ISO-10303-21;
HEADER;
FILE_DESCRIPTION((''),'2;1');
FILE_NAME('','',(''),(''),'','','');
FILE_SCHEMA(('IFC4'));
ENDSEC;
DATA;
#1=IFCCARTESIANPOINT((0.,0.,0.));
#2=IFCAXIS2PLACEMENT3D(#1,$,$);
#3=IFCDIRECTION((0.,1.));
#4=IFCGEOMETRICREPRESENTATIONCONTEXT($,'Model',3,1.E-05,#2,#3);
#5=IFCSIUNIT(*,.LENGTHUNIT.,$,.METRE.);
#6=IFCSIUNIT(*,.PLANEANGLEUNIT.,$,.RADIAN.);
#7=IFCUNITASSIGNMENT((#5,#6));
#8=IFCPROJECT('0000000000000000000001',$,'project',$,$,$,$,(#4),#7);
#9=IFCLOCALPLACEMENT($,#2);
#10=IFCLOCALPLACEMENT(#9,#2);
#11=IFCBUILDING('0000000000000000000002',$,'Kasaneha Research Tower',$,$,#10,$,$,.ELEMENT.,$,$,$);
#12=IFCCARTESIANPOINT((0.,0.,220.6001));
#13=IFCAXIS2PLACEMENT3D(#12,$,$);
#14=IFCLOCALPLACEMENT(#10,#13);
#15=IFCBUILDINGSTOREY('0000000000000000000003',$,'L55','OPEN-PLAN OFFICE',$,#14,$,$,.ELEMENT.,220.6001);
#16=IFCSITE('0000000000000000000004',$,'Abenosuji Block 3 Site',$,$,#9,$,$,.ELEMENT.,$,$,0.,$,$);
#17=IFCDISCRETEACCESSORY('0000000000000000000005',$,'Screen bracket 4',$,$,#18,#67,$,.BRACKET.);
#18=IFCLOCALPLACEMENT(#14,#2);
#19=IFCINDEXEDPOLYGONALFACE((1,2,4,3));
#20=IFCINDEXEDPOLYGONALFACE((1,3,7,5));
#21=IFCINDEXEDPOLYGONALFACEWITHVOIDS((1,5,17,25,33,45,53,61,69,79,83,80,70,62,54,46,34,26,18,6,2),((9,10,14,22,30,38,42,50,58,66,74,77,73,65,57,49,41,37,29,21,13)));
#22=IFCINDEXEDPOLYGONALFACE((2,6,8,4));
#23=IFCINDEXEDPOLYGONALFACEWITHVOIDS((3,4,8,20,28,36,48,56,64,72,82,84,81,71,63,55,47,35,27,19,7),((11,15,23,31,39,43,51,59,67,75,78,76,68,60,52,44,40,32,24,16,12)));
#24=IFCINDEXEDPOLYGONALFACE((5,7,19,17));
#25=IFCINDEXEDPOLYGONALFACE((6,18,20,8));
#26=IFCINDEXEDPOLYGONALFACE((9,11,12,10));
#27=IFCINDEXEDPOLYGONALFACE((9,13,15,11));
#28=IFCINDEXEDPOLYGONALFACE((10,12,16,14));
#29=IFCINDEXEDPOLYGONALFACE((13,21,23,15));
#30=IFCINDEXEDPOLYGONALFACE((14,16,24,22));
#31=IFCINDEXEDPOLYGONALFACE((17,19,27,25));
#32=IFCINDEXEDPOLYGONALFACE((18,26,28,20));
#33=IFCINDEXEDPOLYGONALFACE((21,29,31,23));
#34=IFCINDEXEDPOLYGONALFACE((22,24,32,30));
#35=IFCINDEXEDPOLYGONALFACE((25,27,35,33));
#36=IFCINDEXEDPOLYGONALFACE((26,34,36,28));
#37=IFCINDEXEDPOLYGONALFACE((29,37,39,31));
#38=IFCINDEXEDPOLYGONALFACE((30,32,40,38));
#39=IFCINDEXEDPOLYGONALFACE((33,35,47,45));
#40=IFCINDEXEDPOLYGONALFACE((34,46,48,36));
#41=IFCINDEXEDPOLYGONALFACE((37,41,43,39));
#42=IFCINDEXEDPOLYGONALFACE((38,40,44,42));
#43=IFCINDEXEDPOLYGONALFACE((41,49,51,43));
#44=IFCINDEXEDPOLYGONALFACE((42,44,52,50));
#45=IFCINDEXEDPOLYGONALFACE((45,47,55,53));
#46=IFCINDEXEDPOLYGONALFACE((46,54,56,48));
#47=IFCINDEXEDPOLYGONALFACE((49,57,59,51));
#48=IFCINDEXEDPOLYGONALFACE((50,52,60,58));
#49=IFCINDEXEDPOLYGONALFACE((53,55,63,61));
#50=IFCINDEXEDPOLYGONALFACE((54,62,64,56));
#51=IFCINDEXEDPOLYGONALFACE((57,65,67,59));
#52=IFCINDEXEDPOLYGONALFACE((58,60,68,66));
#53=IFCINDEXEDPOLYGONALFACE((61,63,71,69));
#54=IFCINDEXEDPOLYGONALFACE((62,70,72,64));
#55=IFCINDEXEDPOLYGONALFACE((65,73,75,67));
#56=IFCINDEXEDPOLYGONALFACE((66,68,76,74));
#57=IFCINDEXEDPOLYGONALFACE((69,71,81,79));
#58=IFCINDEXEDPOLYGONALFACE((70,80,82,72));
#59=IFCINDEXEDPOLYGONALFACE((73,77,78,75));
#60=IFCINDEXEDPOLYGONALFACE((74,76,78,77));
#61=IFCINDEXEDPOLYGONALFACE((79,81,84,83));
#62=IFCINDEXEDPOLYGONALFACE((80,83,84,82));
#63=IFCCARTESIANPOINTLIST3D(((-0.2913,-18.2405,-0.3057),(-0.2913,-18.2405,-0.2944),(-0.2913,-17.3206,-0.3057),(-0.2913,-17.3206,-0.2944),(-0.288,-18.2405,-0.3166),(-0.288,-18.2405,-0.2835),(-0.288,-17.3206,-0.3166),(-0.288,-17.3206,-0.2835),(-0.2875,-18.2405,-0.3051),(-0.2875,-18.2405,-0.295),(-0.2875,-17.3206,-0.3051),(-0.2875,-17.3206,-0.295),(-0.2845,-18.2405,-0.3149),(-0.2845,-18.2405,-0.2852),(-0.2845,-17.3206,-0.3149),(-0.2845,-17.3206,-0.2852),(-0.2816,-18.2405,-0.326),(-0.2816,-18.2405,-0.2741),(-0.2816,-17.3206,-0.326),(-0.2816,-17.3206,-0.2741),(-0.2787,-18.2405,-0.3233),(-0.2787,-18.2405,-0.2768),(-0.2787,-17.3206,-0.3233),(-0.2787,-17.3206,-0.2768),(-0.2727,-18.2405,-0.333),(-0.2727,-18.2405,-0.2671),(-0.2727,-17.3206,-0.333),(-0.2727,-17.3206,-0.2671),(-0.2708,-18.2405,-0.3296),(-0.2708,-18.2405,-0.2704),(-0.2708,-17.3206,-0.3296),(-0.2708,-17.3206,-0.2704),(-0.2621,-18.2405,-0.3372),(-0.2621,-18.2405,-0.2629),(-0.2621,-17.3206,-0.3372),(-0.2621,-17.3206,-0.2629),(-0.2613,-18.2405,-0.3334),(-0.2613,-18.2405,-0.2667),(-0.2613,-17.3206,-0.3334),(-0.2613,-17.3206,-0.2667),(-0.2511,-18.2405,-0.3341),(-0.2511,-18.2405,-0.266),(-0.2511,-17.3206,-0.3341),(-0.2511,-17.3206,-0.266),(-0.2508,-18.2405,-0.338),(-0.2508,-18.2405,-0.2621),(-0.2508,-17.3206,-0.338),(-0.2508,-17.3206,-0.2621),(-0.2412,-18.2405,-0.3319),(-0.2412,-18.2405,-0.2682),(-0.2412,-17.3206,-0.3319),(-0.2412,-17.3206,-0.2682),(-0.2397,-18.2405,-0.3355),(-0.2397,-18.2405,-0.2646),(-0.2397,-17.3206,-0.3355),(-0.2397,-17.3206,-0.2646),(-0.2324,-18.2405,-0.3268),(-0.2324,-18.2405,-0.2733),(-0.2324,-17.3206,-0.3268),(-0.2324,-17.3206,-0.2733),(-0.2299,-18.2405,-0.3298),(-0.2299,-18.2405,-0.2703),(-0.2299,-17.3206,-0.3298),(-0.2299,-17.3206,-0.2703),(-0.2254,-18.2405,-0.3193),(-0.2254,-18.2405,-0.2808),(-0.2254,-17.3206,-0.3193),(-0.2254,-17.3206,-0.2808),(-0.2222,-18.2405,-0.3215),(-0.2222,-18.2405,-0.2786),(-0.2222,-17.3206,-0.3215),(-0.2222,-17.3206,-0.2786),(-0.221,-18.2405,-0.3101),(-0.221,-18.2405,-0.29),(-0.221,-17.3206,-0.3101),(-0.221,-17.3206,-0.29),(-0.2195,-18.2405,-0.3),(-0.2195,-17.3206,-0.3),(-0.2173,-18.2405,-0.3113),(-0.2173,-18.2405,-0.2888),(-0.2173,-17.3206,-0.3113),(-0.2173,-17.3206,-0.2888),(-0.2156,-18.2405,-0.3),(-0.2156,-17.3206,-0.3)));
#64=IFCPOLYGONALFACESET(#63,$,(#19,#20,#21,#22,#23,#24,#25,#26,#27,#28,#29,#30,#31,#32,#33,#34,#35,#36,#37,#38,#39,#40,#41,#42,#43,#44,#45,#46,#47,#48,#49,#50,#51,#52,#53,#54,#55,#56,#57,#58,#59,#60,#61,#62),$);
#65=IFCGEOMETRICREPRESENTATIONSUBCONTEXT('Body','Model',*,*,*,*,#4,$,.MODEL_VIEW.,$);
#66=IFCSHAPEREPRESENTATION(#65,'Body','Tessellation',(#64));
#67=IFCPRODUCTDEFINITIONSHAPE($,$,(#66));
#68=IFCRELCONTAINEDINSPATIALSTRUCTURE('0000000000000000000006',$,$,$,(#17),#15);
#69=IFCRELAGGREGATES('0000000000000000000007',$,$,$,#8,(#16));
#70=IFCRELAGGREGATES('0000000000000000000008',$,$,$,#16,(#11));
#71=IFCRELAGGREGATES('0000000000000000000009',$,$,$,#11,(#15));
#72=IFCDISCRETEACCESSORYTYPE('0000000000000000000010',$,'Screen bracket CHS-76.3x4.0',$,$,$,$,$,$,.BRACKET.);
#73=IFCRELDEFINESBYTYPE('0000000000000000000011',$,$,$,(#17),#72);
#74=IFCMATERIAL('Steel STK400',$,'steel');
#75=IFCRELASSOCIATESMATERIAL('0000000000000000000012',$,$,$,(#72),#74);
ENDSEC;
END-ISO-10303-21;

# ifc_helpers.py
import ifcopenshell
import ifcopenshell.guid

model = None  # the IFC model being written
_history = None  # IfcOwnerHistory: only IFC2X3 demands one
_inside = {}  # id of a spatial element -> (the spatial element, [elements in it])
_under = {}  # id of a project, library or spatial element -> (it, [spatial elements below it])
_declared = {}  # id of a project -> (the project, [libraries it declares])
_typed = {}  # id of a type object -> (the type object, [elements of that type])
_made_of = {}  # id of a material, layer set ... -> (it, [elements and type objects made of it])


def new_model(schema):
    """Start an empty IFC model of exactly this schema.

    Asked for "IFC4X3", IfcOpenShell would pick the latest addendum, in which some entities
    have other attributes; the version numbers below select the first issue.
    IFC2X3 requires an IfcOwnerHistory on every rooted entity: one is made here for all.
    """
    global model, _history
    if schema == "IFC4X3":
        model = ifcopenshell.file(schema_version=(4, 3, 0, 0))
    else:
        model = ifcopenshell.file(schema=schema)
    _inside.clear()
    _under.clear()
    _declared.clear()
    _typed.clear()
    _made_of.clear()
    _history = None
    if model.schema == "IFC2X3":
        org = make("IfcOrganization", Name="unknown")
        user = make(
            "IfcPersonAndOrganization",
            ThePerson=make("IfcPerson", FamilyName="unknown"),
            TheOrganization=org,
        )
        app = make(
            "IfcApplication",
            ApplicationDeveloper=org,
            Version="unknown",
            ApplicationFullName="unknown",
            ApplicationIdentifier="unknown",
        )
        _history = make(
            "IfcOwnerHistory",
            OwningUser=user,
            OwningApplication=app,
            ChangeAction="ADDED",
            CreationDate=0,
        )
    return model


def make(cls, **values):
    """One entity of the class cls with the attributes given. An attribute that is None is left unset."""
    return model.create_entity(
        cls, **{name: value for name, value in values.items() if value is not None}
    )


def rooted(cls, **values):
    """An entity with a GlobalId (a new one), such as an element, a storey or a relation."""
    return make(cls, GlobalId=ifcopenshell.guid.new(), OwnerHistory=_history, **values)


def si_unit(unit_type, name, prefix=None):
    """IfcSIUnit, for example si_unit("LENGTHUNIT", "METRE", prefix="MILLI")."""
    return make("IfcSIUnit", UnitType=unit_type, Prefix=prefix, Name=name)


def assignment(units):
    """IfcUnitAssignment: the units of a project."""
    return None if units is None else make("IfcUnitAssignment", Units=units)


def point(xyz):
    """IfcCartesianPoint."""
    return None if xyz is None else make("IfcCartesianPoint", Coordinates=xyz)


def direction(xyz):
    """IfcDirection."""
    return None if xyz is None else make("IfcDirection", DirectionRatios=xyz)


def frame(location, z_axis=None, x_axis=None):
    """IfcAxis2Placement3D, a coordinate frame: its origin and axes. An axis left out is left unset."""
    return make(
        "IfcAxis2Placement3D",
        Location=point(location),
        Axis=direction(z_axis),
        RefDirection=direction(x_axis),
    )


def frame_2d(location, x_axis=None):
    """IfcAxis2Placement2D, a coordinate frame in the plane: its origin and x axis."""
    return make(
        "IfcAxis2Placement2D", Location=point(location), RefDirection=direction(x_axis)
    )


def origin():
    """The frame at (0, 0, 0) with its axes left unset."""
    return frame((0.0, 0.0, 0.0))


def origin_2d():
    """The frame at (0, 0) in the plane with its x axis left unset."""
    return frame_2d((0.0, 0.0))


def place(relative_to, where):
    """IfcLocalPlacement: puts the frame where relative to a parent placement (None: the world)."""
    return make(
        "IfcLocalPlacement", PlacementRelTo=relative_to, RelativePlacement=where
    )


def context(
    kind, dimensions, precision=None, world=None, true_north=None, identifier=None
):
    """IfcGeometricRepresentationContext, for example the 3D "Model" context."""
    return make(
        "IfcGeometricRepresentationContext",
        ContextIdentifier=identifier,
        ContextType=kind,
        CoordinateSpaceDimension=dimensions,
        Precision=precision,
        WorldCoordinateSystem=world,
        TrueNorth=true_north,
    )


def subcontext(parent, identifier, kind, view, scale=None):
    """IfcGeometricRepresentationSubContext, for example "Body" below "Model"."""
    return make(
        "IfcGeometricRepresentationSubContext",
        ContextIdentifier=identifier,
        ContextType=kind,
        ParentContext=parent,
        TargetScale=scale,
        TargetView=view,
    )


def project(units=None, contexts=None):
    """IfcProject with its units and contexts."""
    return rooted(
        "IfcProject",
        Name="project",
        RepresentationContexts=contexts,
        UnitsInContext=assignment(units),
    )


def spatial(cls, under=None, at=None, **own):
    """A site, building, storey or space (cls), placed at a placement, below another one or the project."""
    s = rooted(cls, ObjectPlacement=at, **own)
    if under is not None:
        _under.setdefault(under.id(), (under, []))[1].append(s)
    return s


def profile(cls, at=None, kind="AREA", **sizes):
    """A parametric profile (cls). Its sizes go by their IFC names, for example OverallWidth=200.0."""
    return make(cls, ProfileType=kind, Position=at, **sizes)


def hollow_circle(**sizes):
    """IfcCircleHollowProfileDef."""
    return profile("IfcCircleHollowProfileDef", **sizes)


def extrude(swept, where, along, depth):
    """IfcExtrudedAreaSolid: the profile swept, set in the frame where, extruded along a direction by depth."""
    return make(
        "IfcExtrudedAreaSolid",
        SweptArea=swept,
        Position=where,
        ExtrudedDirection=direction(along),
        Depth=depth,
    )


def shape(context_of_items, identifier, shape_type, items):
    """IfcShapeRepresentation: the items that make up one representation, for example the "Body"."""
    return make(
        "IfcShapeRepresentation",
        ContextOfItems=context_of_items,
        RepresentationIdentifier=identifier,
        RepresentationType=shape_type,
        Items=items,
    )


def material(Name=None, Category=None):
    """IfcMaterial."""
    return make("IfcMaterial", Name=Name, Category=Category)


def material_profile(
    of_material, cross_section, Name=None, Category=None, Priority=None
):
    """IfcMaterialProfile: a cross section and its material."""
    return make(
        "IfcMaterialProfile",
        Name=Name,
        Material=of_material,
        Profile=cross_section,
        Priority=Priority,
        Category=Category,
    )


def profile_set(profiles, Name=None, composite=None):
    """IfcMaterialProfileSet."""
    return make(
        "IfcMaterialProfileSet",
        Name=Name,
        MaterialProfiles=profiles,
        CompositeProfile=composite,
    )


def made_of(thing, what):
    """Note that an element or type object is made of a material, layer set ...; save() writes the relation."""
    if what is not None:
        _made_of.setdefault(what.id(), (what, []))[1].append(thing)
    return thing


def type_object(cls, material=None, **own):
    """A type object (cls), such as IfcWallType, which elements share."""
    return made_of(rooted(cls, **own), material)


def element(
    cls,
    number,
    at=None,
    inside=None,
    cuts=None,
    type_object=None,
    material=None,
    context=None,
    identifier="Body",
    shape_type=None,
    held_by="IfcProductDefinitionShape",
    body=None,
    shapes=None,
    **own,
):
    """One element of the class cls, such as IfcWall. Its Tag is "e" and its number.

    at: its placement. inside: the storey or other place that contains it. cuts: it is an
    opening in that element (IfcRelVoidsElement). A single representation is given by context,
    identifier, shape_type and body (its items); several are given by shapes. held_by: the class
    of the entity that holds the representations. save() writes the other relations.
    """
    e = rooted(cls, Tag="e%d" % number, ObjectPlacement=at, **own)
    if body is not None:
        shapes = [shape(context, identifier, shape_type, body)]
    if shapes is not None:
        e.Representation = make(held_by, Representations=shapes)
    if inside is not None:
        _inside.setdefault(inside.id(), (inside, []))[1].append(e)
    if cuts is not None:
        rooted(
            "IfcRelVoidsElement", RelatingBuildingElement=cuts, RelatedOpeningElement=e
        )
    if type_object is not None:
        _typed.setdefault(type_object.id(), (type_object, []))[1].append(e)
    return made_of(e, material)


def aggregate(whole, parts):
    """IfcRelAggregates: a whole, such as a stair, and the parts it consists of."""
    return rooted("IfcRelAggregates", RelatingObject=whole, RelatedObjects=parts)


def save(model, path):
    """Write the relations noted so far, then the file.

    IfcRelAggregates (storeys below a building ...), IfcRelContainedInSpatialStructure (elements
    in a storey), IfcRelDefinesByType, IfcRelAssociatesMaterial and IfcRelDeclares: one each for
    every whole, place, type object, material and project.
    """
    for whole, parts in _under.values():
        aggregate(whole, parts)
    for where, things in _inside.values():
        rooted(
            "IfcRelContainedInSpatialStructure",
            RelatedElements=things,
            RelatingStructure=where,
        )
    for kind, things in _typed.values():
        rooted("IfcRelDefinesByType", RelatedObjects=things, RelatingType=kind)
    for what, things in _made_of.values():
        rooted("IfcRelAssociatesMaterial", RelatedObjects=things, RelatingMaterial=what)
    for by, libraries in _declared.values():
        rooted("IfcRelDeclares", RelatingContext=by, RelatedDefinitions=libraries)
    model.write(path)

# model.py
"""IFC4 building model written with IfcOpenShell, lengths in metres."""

from ifc_helpers import new_model, si_unit, direction, frame, origin, origin_2d, place, context, subcontext, project, spatial, hollow_circle, extrude, material, material_profile, profile_set, type_object, element, save


model = new_model("IFC4")

# Units and contexts
model_context = context("Model", 3, precision=1e-05, world=origin(), true_north=direction((0.0, 1.0)))
body_context = subcontext(model_context, "Body", "Model", "MODEL_VIEW")
ifc_project = project(units=[si_unit("LENGTHUNIT", "METRE"), si_unit("PLANEANGLEUNIT", "RADIAN")], contexts=[model_context])

# Site, building, storey
site_placement = place(None, origin())
site = spatial("IfcSite", under=ifc_project, at=site_placement, Name="Abenosuji Block 3 Site", CompositionType="ELEMENT", RefElevation=0.0)
building_placement = place(site_placement, origin())
building = spatial("IfcBuilding", under=site, at=building_placement, Name="Kasaneha Research Tower", CompositionType="ELEMENT")
storey_placement = place(building_placement, frame((0.0, 0.0, 220.6001)))
storey = spatial("IfcBuildingStorey", under=building, at=storey_placement, Name="L55", Description="OPEN-PLAN OFFICE", CompositionType="ELEMENT", Elevation=220.6001)

# Discrete accessory
ifc_material_1 = material(Name="Steel STK400", Category="steel")
ifc_material_profile_1 = material_profile(ifc_material_1, hollow_circle(Radius=0.0381, WallThickness=0.0039, at=origin_2d()), Name="CHS-76.3x4.0")
ifc_profile_set_1 = profile_set([ifc_material_profile_1], Name="Steel STK400")
discrete_accessory_type = type_object("IfcDiscreteAccessoryType", Name="Screen bracket CHS-76.3x4.0", PredefinedType="BRACKET", material=ifc_profile_set_1)
for number, where, z_axis, x_axis, name in (
    (1, (-0.2537, -17.3206, -0.3), (0.0, -1.0, 0.0), (1.0, 0.0, 0.0), "Screen bracket 4"),
):
    element("IfcDiscreteAccessory", number, at=place(storey_placement, frame(where, z_axis=z_axis, x_axis=x_axis)), inside=storey, type_object=discrete_accessory_type, Name=name, PredefinedType="BRACKET", context=body_context, shape_type="SweptSolid", body=[
        extrude(hollow_circle(Radius=0.0381, WallThickness=0.0039, at=origin_2d()), origin(), (0.0, 0.0, 1.0), 0.9199),
    ])

save(model, "model.ifc")
